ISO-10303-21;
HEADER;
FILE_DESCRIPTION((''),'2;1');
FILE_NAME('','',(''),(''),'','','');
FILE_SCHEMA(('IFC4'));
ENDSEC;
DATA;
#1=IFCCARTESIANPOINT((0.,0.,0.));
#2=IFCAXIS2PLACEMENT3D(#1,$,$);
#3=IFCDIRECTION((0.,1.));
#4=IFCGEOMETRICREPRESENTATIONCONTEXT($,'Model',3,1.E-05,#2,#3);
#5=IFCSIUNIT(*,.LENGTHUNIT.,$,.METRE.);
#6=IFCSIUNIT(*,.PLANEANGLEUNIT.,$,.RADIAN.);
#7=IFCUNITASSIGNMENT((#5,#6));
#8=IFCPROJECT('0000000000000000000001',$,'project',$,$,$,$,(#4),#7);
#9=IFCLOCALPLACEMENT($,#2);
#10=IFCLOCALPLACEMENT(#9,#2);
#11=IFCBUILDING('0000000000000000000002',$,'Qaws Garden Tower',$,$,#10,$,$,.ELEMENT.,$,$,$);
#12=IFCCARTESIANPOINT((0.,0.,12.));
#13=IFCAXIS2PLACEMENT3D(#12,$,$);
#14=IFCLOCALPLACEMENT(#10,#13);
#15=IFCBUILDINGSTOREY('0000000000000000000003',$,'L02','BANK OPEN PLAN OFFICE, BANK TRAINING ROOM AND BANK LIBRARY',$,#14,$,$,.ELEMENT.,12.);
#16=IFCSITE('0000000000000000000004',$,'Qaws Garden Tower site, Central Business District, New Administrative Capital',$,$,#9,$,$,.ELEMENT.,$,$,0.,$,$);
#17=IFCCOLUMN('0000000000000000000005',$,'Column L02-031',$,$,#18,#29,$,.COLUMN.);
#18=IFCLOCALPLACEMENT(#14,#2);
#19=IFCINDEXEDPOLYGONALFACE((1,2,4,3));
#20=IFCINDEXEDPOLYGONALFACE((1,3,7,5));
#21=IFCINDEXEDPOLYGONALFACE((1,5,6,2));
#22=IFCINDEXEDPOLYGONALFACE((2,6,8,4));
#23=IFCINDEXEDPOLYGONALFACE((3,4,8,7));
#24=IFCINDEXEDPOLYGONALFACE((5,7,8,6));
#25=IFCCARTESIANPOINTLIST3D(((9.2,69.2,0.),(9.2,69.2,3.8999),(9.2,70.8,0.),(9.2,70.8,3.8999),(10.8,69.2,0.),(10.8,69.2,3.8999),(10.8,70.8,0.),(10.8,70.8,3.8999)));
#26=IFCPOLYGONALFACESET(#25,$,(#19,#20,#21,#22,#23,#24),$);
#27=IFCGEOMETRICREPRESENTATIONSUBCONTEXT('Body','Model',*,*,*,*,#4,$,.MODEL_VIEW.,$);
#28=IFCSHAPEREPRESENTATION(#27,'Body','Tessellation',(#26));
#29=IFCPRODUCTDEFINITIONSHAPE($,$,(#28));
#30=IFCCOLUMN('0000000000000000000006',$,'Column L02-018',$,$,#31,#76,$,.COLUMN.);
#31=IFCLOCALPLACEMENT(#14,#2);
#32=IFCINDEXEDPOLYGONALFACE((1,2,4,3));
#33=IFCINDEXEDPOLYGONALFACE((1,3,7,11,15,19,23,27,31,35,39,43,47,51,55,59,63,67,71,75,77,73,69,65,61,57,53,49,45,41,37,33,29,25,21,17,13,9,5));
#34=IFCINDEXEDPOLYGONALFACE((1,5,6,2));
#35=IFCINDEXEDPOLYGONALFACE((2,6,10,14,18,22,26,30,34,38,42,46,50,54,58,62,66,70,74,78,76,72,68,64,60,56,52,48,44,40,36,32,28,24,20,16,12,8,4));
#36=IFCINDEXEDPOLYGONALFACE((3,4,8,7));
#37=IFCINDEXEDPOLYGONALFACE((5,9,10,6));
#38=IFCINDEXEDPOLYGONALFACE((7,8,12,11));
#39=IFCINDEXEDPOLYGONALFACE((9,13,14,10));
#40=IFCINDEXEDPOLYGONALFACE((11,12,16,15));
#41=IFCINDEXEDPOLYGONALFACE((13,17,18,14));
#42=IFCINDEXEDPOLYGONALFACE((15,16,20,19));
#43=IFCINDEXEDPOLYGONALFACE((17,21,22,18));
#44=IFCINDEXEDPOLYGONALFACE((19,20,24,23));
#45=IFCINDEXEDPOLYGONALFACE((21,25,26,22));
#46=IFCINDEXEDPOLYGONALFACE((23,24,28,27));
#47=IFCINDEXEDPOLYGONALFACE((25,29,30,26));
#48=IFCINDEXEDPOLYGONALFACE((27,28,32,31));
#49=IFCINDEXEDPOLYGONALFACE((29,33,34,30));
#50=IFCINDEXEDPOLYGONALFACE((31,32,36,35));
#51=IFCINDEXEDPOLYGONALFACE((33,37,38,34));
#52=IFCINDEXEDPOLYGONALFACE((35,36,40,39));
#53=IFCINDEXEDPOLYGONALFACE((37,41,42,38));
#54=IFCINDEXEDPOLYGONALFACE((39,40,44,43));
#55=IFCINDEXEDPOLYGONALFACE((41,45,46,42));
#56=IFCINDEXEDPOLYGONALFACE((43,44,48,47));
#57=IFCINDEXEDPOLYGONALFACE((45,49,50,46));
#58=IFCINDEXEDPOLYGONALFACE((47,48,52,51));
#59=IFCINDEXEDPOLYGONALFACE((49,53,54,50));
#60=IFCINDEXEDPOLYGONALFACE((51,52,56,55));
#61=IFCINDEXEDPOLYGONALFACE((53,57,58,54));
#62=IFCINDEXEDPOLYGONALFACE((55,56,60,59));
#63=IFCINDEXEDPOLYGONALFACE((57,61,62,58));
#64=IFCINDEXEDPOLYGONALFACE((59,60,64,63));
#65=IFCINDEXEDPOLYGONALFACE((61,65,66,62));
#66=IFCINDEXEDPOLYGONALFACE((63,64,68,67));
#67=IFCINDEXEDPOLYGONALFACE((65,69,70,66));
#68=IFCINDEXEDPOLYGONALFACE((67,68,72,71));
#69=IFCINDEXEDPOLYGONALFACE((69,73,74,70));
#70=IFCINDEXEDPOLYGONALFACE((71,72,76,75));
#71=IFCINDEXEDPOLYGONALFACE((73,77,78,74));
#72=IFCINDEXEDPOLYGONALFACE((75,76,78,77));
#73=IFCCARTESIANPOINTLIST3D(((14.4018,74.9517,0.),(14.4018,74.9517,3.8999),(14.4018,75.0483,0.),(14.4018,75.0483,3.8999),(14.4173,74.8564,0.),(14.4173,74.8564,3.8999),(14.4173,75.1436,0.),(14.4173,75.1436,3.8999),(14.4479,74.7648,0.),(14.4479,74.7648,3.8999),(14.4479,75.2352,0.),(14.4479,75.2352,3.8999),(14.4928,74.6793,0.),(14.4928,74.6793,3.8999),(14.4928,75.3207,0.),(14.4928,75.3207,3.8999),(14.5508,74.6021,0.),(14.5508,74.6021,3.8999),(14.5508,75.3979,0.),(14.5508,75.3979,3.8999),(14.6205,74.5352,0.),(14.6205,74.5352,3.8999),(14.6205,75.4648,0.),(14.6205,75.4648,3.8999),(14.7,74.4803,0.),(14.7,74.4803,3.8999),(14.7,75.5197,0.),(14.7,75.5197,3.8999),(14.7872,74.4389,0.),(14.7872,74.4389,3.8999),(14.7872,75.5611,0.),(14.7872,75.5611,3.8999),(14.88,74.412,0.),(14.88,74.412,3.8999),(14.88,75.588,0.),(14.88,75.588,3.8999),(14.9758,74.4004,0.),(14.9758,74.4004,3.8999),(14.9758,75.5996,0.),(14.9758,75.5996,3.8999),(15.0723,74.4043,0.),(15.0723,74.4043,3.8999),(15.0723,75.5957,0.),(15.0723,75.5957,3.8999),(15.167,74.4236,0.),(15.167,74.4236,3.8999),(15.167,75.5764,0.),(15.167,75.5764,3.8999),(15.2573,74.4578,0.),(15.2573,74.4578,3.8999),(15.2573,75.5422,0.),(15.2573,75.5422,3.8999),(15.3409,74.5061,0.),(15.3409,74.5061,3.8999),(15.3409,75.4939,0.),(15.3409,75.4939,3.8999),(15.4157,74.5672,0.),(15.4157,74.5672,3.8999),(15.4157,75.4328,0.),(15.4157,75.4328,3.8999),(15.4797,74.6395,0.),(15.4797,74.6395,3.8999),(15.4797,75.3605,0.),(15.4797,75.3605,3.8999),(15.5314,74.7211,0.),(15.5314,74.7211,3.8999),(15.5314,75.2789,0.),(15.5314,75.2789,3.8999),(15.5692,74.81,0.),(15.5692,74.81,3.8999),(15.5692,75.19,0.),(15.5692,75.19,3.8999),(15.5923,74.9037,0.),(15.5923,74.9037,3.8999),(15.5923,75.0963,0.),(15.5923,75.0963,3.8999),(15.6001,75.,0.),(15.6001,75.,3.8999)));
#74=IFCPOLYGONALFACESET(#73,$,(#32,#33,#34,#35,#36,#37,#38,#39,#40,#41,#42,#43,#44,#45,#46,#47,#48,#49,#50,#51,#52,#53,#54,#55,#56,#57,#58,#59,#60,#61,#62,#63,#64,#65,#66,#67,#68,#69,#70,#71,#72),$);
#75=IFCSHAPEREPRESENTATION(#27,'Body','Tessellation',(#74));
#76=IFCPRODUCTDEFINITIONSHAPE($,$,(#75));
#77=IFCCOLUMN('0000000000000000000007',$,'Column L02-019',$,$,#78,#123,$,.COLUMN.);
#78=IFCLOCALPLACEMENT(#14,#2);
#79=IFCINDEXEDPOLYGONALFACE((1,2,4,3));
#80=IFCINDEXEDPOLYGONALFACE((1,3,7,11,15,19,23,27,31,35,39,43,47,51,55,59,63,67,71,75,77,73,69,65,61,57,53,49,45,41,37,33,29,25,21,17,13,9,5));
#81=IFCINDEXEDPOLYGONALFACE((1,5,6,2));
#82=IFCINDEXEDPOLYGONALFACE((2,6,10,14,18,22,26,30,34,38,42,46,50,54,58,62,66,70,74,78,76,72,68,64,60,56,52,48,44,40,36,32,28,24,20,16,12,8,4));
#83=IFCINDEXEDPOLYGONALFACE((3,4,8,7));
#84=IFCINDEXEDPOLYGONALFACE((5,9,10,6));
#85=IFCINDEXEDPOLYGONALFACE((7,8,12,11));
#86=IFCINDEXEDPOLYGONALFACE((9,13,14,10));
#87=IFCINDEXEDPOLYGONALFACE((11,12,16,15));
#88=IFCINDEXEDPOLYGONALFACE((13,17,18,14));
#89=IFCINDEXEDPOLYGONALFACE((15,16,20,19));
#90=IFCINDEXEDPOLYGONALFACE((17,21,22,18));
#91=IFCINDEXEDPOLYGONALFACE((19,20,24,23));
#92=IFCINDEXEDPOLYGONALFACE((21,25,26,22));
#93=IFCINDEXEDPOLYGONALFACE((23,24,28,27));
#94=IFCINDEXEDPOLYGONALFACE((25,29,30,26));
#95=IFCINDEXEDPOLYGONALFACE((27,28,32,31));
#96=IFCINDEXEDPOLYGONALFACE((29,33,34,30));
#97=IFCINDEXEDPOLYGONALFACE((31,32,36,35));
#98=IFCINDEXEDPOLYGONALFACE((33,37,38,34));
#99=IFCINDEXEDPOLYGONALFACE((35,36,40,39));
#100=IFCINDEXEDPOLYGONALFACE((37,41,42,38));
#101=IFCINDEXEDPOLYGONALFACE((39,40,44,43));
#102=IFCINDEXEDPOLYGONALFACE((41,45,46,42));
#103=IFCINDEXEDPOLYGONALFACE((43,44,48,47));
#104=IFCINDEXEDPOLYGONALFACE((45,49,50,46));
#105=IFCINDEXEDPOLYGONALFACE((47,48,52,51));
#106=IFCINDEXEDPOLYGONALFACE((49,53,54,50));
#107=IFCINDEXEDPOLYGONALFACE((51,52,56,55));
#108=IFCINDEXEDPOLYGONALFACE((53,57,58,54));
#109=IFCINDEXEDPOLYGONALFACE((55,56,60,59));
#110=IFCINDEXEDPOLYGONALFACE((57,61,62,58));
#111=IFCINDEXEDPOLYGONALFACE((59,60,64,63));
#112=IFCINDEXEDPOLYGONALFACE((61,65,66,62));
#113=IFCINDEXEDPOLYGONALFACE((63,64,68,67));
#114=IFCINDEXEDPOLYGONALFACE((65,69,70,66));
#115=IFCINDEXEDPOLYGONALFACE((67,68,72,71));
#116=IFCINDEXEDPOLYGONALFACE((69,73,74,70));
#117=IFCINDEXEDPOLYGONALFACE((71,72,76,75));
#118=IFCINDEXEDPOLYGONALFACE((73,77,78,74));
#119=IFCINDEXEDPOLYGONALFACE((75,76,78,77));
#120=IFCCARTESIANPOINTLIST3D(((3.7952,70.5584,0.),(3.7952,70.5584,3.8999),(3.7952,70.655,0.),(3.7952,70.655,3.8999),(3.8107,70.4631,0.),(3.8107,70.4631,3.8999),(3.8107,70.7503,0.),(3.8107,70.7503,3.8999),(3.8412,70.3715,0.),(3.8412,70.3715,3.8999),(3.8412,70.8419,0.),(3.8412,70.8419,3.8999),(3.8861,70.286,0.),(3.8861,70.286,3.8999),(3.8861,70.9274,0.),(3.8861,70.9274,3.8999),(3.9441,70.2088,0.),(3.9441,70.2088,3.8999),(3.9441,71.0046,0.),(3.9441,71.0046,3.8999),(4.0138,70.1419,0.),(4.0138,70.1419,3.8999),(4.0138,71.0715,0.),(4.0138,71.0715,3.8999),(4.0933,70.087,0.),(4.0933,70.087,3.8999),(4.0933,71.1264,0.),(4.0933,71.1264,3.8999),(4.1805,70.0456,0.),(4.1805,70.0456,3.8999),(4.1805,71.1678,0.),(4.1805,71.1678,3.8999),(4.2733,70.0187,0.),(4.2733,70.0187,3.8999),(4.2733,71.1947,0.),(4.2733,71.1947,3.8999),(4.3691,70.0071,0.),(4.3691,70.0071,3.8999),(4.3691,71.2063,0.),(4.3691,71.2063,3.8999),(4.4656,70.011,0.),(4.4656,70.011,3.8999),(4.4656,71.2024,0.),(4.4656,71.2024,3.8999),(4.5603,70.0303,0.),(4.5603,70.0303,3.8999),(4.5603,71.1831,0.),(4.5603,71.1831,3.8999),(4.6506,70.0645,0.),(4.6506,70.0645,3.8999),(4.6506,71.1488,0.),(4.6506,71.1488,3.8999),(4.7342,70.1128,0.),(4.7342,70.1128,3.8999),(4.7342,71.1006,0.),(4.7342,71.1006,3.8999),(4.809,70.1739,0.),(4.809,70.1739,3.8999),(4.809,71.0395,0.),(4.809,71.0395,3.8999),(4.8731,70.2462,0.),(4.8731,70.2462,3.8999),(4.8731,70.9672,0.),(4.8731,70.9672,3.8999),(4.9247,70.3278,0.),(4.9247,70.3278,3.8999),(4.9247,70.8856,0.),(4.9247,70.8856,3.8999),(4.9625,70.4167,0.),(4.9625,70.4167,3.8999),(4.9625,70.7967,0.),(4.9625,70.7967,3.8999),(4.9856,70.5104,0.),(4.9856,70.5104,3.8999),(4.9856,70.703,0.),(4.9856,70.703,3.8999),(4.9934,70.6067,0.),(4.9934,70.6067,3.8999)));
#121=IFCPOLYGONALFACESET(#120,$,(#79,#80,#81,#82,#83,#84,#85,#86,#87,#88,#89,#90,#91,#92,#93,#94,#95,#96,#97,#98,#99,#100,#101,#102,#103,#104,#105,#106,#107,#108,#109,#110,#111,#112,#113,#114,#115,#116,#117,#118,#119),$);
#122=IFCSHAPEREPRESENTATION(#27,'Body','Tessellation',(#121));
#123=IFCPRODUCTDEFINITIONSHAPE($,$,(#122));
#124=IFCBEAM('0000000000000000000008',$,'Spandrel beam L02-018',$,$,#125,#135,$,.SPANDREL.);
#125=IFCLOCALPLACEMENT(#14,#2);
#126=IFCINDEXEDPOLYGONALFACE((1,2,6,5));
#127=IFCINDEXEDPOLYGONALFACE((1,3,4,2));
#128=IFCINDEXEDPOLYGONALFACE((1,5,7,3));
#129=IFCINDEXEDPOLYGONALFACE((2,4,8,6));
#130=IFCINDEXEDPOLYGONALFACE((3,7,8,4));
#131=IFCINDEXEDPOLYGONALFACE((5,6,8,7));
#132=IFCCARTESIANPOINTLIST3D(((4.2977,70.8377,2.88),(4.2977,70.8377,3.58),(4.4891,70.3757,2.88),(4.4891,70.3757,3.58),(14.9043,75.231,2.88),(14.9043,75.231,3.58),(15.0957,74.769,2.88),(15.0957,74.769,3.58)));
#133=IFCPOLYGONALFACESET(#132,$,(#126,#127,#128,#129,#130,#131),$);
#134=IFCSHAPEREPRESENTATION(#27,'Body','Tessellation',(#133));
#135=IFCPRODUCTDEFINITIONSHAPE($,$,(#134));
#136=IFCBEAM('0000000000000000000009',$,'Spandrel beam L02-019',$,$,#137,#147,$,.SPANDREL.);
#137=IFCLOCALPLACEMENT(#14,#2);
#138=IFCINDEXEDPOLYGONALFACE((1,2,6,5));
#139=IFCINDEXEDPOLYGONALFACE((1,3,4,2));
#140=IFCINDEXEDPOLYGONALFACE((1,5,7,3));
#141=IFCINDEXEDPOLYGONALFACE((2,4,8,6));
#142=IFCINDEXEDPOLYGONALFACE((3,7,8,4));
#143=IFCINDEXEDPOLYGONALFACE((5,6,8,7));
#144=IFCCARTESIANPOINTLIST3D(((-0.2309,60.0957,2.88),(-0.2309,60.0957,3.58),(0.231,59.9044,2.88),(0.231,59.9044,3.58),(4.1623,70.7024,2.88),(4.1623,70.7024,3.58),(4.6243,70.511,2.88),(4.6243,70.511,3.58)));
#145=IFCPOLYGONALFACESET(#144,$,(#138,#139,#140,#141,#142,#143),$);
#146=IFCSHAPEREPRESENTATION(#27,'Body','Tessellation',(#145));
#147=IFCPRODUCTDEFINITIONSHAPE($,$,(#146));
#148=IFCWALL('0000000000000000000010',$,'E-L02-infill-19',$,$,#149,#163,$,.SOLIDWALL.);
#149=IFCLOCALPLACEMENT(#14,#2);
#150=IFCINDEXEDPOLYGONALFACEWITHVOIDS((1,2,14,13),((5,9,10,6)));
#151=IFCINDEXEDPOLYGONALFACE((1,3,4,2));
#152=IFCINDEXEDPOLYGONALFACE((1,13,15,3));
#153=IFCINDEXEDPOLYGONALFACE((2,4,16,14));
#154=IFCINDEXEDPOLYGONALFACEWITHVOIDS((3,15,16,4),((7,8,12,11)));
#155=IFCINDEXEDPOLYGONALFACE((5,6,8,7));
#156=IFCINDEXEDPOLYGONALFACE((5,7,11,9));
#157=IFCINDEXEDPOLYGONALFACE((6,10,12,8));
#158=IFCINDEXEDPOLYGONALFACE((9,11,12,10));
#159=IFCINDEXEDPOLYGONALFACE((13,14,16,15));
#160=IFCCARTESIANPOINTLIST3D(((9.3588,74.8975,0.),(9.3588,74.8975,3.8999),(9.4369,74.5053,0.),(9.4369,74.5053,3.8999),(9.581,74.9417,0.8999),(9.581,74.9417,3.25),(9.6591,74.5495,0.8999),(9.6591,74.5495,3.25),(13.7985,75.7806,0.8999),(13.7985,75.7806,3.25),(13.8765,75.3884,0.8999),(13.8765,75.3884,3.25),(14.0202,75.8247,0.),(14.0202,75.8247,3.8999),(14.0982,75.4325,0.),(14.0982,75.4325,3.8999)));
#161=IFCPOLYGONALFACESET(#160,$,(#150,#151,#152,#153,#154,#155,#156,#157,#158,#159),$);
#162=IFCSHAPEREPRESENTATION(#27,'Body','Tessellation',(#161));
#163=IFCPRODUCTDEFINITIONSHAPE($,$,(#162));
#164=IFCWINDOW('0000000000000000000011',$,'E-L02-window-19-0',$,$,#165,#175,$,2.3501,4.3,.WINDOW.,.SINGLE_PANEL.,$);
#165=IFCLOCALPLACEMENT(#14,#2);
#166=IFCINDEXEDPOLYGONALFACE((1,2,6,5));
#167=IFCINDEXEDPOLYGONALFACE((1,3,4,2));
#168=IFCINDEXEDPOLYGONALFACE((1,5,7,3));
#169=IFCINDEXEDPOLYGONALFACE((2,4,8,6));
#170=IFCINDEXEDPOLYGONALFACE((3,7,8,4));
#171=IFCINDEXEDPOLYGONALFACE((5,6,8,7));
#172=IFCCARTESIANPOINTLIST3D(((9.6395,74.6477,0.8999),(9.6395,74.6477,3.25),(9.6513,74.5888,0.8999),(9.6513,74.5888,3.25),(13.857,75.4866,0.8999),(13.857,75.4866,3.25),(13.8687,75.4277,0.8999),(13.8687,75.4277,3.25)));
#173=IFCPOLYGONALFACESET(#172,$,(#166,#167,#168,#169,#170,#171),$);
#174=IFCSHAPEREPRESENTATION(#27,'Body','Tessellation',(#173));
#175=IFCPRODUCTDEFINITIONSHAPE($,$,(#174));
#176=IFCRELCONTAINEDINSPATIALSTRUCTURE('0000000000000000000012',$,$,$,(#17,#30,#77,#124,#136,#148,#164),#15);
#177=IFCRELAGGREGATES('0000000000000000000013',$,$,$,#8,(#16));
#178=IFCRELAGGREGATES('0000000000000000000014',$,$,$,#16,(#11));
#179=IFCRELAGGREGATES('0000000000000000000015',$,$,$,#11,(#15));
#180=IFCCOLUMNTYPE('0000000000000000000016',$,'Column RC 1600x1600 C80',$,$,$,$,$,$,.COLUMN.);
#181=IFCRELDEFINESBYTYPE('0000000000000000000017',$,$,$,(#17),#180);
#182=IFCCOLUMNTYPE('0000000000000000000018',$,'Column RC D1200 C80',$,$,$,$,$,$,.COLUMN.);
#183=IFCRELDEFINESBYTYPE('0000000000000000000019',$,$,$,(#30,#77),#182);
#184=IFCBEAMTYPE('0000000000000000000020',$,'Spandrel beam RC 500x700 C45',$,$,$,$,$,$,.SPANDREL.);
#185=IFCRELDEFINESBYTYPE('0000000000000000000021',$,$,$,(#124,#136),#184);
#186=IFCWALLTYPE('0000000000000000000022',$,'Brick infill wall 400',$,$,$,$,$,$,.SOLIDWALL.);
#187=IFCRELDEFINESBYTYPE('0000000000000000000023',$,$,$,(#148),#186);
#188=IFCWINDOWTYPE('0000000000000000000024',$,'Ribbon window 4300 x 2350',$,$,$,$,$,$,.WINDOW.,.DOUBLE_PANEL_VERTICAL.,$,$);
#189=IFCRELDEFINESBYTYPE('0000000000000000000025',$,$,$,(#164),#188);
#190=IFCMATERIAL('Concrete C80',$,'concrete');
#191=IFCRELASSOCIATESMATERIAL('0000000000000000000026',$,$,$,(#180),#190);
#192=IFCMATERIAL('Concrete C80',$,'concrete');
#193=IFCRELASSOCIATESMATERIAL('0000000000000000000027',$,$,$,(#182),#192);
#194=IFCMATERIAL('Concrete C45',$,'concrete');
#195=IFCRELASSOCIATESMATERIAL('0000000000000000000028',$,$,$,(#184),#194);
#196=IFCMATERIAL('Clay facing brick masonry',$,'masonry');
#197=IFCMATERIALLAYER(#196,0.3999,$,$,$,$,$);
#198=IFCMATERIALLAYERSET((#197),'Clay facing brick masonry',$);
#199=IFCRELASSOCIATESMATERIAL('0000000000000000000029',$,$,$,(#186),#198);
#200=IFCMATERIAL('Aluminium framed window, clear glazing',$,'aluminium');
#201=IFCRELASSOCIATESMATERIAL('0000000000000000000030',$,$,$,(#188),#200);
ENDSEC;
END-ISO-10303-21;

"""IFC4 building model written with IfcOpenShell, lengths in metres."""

from ifc_helpers import new_model, si_unit, direction, frame, frame_2d, origin, origin_2d, place, context, subcontext, project, spatial, rectangle, circle, extrude, material, layer, layer_set, material_profile, profile_set, type_object, element, fill, save


model = new_model("IFC4")

# Units and contexts
model_context = context("Model", 3, precision=1e-05, world=origin(), true_north=direction((0.0, 1.0)))
body_context = subcontext(model_context, "Body", "Model", "MODEL_VIEW")
ifc_project = project(units=[si_unit("LENGTHUNIT", "METRE"), si_unit("PLANEANGLEUNIT", "RADIAN")], contexts=[model_context])

# Site, building, storey
site_placement = place(None, origin())
site = spatial("IfcSite", under=ifc_project, at=site_placement, Name="Qaws Garden Tower site, Central Business District, New Administrative Capital", CompositionType="ELEMENT", RefElevation=0.0)
building_placement = place(site_placement, origin())
building = spatial("IfcBuilding", under=site, at=building_placement, Name="Qaws Garden Tower", CompositionType="ELEMENT")
storey_placement = place(building_placement, frame((0.0, 0.0, 12.0)))
storey = spatial("IfcBuildingStorey", under=building, at=storey_placement, Name="L02", Description="BANK OPEN PLAN OFFICE, BANK TRAINING ROOM AND BANK LIBRARY", CompositionType="ELEMENT", Elevation=12.0)

# Columns
ifc_material_1 = material(Name="Concrete C80", Category="concrete")
ifc_material_profile_1 = material_profile(ifc_material_1, rectangle(XDim=1.6001, YDim=1.6001, at=origin_2d()), Name="RC 1600x1600")
ifc_profile_set_1 = profile_set([ifc_material_profile_1], Name="Concrete C80")
column_type_1 = type_object("IfcColumnType", Name="Column RC 1600x1600 C80", PredefinedType="COLUMN", material=ifc_profile_set_1)
column_placement = place(storey_placement, frame((10.0, 70.0, 0.0), z_axis=(0.0, 0.0, 1.0), x_axis=(1.0, 0.0, 0.0)))
element("IfcColumn", 1, at=column_placement, inside=storey, type_object=column_type_1, Name="Column L02-031", PredefinedType="COLUMN", context=body_context, shape_type="SweptSolid", body=[
    extrude(rectangle(XDim=1.6001, YDim=1.6001, at=origin_2d()), origin(), (0.0, 0.0, 1.0), 3.8999),
])
ifc_material_2 = material(Name="Concrete C80", Category="concrete")
ifc_material_profile_2 = material_profile(ifc_material_2, circle(Radius=0.6001, at=origin_2d()), Name="RC D1200")
ifc_profile_set_2 = profile_set([ifc_material_profile_2], Name="Concrete C80")
column_type_2 = type_object("IfcColumnType", Name="Column RC D1200 C80", PredefinedType="COLUMN", material=ifc_profile_set_2)
for number, where, z_axis, x_axis, name in (
    (2, (15.0, 75.0, 0.0), (0.0, 0.0, 1.0), (1.0, 0.0, 0.0), "Column L02-018"),
    (3, (4.3933, 70.6067, 0.0), (0.0, 0.0, 1.0), (1.0, 0.0, 0.0), "Column L02-019"),
):
    element("IfcColumn", number, at=place(storey_placement, frame(where, z_axis=z_axis, x_axis=x_axis)), inside=storey, type_object=column_type_2, Name=name, PredefinedType="COLUMN", context=body_context, shape_type="SweptSolid", body=[
        extrude(circle(Radius=0.6001, at=origin_2d()), origin(), (0.0, 0.0, 1.0), 3.8999),
    ])

# Beams
ifc_material_3 = material(Name="Concrete C45", Category="concrete")
ifc_material_profile_3 = material_profile(ifc_material_3, rectangle(XDim=0.5, YDim=0.7, at=origin_2d()), Name="RC 500x700")
ifc_profile_set_3 = profile_set([ifc_material_profile_3], Name="Concrete C45")
beam_type = type_object("IfcBeamType", Name="Spandrel beam RC 500x700 C45", PredefinedType="SPANDREL", material=ifc_profile_set_3)
for number, where, z_axis, x_axis, name in (
    (4, (15.0, 75.0, 3.23), (-0.923883, -0.382674, 0.0), (0.382674, -0.923883, 0.0), "Spandrel beam L02-018"),
    (5, (4.3933, 70.6067, 3.23), (-0.382674, -0.923883, 0.0), (0.923883, -0.382674, 0.0), "Spandrel beam L02-019"),
):
    element("IfcBeam", number, at=place(storey_placement, frame(where, z_axis=z_axis, x_axis=x_axis)), inside=storey, type_object=beam_type, Name=name, PredefinedType="SPANDREL", context=body_context, shape_type="SweptSolid", body=[
        extrude(rectangle(XDim=0.5, YDim=0.7, at=origin_2d()), origin(), (0.0, 0.0, 1.0), 11.4805),
    ])

# Wall, opening, window
ifc_material_4 = material(Name="Clay facing brick masonry", Category="masonry")
ifc_layer_1 = layer(ifc_material_4, 0.3999)
ifc_layer_set_1 = layer_set([ifc_layer_1], Name="Clay facing brick masonry")
wall_type_1 = type_object("IfcWallType", Name="Brick infill wall 400", PredefinedType="SOLIDWALL", material=ifc_layer_set_1)
wall_1_placement = place(storey_placement, frame((14.0593, 75.6287, 0.0), z_axis=(0.0, 0.0, 1.0), x_axis=(-0.980784, -0.195099, 0.0)))
wall_1 = element("IfcWall", 6, at=wall_1_placement, inside=storey, type_object=wall_type_1, Name="E-L02-infill-19", PredefinedType="SOLIDWALL", context=body_context, shape_type="SweptSolid", body=[
    extrude(rectangle(XDim=4.7527, YDim=0.3999, at=frame_2d((2.3765, 0.0))), origin(), (0.0, 0.0, 1.0), 3.8999),
])
opening_1_placement = place(wall_1_placement, frame((0.2263, 0.0, 0.8999)))
opening_1 = element("IfcOpeningElement", 7, at=opening_1_placement, cuts=wall_1, PredefinedType="OPENING", context=body_context, shape_type="SweptSolid", body=[
    extrude(rectangle(XDim=4.3, YDim=2.3501, at=frame_2d((2.1499, 1.175))), frame((0.0, 0.21, 0.0), z_axis=(0.0, -1.0, 0.0), x_axis=(1.0, 0.0, 0.0)), (0.0, 0.0, 1.0), 0.4199),
])
ifc_material_5 = material(Name="Aluminium framed window, clear glazing", Category="aluminium")
window_type = type_object("IfcWindowType", Name="Ribbon window 4300 x 2350", PartitioningType="DOUBLE_PANEL_VERTICAL", PredefinedType="WINDOW", material=ifc_material_5)
window_1_placement = place(opening_1_placement, origin())
window_1 = element("IfcWindow", 8, at=window_1_placement, inside=storey, type_object=window_type, Name="E-L02-window-19-0", OverallHeight=2.3501, OverallWidth=4.3, PartitioningType="SINGLE_PANEL", PredefinedType="WINDOW", context=body_context, shape_type="SweptSolid", body=[
    extrude(rectangle(XDim=4.3, YDim=2.3501, at=frame_2d((2.1499, 1.175))), frame((0.0, 0.1599, 0.0), z_axis=(0.0, -1.0, 0.0), x_axis=(1.0, 0.0, 0.0)), (0.0, 0.0, 1.0), 0.0601),
])
fill(opening_1, window_1)

save(model, "model.ifc")
